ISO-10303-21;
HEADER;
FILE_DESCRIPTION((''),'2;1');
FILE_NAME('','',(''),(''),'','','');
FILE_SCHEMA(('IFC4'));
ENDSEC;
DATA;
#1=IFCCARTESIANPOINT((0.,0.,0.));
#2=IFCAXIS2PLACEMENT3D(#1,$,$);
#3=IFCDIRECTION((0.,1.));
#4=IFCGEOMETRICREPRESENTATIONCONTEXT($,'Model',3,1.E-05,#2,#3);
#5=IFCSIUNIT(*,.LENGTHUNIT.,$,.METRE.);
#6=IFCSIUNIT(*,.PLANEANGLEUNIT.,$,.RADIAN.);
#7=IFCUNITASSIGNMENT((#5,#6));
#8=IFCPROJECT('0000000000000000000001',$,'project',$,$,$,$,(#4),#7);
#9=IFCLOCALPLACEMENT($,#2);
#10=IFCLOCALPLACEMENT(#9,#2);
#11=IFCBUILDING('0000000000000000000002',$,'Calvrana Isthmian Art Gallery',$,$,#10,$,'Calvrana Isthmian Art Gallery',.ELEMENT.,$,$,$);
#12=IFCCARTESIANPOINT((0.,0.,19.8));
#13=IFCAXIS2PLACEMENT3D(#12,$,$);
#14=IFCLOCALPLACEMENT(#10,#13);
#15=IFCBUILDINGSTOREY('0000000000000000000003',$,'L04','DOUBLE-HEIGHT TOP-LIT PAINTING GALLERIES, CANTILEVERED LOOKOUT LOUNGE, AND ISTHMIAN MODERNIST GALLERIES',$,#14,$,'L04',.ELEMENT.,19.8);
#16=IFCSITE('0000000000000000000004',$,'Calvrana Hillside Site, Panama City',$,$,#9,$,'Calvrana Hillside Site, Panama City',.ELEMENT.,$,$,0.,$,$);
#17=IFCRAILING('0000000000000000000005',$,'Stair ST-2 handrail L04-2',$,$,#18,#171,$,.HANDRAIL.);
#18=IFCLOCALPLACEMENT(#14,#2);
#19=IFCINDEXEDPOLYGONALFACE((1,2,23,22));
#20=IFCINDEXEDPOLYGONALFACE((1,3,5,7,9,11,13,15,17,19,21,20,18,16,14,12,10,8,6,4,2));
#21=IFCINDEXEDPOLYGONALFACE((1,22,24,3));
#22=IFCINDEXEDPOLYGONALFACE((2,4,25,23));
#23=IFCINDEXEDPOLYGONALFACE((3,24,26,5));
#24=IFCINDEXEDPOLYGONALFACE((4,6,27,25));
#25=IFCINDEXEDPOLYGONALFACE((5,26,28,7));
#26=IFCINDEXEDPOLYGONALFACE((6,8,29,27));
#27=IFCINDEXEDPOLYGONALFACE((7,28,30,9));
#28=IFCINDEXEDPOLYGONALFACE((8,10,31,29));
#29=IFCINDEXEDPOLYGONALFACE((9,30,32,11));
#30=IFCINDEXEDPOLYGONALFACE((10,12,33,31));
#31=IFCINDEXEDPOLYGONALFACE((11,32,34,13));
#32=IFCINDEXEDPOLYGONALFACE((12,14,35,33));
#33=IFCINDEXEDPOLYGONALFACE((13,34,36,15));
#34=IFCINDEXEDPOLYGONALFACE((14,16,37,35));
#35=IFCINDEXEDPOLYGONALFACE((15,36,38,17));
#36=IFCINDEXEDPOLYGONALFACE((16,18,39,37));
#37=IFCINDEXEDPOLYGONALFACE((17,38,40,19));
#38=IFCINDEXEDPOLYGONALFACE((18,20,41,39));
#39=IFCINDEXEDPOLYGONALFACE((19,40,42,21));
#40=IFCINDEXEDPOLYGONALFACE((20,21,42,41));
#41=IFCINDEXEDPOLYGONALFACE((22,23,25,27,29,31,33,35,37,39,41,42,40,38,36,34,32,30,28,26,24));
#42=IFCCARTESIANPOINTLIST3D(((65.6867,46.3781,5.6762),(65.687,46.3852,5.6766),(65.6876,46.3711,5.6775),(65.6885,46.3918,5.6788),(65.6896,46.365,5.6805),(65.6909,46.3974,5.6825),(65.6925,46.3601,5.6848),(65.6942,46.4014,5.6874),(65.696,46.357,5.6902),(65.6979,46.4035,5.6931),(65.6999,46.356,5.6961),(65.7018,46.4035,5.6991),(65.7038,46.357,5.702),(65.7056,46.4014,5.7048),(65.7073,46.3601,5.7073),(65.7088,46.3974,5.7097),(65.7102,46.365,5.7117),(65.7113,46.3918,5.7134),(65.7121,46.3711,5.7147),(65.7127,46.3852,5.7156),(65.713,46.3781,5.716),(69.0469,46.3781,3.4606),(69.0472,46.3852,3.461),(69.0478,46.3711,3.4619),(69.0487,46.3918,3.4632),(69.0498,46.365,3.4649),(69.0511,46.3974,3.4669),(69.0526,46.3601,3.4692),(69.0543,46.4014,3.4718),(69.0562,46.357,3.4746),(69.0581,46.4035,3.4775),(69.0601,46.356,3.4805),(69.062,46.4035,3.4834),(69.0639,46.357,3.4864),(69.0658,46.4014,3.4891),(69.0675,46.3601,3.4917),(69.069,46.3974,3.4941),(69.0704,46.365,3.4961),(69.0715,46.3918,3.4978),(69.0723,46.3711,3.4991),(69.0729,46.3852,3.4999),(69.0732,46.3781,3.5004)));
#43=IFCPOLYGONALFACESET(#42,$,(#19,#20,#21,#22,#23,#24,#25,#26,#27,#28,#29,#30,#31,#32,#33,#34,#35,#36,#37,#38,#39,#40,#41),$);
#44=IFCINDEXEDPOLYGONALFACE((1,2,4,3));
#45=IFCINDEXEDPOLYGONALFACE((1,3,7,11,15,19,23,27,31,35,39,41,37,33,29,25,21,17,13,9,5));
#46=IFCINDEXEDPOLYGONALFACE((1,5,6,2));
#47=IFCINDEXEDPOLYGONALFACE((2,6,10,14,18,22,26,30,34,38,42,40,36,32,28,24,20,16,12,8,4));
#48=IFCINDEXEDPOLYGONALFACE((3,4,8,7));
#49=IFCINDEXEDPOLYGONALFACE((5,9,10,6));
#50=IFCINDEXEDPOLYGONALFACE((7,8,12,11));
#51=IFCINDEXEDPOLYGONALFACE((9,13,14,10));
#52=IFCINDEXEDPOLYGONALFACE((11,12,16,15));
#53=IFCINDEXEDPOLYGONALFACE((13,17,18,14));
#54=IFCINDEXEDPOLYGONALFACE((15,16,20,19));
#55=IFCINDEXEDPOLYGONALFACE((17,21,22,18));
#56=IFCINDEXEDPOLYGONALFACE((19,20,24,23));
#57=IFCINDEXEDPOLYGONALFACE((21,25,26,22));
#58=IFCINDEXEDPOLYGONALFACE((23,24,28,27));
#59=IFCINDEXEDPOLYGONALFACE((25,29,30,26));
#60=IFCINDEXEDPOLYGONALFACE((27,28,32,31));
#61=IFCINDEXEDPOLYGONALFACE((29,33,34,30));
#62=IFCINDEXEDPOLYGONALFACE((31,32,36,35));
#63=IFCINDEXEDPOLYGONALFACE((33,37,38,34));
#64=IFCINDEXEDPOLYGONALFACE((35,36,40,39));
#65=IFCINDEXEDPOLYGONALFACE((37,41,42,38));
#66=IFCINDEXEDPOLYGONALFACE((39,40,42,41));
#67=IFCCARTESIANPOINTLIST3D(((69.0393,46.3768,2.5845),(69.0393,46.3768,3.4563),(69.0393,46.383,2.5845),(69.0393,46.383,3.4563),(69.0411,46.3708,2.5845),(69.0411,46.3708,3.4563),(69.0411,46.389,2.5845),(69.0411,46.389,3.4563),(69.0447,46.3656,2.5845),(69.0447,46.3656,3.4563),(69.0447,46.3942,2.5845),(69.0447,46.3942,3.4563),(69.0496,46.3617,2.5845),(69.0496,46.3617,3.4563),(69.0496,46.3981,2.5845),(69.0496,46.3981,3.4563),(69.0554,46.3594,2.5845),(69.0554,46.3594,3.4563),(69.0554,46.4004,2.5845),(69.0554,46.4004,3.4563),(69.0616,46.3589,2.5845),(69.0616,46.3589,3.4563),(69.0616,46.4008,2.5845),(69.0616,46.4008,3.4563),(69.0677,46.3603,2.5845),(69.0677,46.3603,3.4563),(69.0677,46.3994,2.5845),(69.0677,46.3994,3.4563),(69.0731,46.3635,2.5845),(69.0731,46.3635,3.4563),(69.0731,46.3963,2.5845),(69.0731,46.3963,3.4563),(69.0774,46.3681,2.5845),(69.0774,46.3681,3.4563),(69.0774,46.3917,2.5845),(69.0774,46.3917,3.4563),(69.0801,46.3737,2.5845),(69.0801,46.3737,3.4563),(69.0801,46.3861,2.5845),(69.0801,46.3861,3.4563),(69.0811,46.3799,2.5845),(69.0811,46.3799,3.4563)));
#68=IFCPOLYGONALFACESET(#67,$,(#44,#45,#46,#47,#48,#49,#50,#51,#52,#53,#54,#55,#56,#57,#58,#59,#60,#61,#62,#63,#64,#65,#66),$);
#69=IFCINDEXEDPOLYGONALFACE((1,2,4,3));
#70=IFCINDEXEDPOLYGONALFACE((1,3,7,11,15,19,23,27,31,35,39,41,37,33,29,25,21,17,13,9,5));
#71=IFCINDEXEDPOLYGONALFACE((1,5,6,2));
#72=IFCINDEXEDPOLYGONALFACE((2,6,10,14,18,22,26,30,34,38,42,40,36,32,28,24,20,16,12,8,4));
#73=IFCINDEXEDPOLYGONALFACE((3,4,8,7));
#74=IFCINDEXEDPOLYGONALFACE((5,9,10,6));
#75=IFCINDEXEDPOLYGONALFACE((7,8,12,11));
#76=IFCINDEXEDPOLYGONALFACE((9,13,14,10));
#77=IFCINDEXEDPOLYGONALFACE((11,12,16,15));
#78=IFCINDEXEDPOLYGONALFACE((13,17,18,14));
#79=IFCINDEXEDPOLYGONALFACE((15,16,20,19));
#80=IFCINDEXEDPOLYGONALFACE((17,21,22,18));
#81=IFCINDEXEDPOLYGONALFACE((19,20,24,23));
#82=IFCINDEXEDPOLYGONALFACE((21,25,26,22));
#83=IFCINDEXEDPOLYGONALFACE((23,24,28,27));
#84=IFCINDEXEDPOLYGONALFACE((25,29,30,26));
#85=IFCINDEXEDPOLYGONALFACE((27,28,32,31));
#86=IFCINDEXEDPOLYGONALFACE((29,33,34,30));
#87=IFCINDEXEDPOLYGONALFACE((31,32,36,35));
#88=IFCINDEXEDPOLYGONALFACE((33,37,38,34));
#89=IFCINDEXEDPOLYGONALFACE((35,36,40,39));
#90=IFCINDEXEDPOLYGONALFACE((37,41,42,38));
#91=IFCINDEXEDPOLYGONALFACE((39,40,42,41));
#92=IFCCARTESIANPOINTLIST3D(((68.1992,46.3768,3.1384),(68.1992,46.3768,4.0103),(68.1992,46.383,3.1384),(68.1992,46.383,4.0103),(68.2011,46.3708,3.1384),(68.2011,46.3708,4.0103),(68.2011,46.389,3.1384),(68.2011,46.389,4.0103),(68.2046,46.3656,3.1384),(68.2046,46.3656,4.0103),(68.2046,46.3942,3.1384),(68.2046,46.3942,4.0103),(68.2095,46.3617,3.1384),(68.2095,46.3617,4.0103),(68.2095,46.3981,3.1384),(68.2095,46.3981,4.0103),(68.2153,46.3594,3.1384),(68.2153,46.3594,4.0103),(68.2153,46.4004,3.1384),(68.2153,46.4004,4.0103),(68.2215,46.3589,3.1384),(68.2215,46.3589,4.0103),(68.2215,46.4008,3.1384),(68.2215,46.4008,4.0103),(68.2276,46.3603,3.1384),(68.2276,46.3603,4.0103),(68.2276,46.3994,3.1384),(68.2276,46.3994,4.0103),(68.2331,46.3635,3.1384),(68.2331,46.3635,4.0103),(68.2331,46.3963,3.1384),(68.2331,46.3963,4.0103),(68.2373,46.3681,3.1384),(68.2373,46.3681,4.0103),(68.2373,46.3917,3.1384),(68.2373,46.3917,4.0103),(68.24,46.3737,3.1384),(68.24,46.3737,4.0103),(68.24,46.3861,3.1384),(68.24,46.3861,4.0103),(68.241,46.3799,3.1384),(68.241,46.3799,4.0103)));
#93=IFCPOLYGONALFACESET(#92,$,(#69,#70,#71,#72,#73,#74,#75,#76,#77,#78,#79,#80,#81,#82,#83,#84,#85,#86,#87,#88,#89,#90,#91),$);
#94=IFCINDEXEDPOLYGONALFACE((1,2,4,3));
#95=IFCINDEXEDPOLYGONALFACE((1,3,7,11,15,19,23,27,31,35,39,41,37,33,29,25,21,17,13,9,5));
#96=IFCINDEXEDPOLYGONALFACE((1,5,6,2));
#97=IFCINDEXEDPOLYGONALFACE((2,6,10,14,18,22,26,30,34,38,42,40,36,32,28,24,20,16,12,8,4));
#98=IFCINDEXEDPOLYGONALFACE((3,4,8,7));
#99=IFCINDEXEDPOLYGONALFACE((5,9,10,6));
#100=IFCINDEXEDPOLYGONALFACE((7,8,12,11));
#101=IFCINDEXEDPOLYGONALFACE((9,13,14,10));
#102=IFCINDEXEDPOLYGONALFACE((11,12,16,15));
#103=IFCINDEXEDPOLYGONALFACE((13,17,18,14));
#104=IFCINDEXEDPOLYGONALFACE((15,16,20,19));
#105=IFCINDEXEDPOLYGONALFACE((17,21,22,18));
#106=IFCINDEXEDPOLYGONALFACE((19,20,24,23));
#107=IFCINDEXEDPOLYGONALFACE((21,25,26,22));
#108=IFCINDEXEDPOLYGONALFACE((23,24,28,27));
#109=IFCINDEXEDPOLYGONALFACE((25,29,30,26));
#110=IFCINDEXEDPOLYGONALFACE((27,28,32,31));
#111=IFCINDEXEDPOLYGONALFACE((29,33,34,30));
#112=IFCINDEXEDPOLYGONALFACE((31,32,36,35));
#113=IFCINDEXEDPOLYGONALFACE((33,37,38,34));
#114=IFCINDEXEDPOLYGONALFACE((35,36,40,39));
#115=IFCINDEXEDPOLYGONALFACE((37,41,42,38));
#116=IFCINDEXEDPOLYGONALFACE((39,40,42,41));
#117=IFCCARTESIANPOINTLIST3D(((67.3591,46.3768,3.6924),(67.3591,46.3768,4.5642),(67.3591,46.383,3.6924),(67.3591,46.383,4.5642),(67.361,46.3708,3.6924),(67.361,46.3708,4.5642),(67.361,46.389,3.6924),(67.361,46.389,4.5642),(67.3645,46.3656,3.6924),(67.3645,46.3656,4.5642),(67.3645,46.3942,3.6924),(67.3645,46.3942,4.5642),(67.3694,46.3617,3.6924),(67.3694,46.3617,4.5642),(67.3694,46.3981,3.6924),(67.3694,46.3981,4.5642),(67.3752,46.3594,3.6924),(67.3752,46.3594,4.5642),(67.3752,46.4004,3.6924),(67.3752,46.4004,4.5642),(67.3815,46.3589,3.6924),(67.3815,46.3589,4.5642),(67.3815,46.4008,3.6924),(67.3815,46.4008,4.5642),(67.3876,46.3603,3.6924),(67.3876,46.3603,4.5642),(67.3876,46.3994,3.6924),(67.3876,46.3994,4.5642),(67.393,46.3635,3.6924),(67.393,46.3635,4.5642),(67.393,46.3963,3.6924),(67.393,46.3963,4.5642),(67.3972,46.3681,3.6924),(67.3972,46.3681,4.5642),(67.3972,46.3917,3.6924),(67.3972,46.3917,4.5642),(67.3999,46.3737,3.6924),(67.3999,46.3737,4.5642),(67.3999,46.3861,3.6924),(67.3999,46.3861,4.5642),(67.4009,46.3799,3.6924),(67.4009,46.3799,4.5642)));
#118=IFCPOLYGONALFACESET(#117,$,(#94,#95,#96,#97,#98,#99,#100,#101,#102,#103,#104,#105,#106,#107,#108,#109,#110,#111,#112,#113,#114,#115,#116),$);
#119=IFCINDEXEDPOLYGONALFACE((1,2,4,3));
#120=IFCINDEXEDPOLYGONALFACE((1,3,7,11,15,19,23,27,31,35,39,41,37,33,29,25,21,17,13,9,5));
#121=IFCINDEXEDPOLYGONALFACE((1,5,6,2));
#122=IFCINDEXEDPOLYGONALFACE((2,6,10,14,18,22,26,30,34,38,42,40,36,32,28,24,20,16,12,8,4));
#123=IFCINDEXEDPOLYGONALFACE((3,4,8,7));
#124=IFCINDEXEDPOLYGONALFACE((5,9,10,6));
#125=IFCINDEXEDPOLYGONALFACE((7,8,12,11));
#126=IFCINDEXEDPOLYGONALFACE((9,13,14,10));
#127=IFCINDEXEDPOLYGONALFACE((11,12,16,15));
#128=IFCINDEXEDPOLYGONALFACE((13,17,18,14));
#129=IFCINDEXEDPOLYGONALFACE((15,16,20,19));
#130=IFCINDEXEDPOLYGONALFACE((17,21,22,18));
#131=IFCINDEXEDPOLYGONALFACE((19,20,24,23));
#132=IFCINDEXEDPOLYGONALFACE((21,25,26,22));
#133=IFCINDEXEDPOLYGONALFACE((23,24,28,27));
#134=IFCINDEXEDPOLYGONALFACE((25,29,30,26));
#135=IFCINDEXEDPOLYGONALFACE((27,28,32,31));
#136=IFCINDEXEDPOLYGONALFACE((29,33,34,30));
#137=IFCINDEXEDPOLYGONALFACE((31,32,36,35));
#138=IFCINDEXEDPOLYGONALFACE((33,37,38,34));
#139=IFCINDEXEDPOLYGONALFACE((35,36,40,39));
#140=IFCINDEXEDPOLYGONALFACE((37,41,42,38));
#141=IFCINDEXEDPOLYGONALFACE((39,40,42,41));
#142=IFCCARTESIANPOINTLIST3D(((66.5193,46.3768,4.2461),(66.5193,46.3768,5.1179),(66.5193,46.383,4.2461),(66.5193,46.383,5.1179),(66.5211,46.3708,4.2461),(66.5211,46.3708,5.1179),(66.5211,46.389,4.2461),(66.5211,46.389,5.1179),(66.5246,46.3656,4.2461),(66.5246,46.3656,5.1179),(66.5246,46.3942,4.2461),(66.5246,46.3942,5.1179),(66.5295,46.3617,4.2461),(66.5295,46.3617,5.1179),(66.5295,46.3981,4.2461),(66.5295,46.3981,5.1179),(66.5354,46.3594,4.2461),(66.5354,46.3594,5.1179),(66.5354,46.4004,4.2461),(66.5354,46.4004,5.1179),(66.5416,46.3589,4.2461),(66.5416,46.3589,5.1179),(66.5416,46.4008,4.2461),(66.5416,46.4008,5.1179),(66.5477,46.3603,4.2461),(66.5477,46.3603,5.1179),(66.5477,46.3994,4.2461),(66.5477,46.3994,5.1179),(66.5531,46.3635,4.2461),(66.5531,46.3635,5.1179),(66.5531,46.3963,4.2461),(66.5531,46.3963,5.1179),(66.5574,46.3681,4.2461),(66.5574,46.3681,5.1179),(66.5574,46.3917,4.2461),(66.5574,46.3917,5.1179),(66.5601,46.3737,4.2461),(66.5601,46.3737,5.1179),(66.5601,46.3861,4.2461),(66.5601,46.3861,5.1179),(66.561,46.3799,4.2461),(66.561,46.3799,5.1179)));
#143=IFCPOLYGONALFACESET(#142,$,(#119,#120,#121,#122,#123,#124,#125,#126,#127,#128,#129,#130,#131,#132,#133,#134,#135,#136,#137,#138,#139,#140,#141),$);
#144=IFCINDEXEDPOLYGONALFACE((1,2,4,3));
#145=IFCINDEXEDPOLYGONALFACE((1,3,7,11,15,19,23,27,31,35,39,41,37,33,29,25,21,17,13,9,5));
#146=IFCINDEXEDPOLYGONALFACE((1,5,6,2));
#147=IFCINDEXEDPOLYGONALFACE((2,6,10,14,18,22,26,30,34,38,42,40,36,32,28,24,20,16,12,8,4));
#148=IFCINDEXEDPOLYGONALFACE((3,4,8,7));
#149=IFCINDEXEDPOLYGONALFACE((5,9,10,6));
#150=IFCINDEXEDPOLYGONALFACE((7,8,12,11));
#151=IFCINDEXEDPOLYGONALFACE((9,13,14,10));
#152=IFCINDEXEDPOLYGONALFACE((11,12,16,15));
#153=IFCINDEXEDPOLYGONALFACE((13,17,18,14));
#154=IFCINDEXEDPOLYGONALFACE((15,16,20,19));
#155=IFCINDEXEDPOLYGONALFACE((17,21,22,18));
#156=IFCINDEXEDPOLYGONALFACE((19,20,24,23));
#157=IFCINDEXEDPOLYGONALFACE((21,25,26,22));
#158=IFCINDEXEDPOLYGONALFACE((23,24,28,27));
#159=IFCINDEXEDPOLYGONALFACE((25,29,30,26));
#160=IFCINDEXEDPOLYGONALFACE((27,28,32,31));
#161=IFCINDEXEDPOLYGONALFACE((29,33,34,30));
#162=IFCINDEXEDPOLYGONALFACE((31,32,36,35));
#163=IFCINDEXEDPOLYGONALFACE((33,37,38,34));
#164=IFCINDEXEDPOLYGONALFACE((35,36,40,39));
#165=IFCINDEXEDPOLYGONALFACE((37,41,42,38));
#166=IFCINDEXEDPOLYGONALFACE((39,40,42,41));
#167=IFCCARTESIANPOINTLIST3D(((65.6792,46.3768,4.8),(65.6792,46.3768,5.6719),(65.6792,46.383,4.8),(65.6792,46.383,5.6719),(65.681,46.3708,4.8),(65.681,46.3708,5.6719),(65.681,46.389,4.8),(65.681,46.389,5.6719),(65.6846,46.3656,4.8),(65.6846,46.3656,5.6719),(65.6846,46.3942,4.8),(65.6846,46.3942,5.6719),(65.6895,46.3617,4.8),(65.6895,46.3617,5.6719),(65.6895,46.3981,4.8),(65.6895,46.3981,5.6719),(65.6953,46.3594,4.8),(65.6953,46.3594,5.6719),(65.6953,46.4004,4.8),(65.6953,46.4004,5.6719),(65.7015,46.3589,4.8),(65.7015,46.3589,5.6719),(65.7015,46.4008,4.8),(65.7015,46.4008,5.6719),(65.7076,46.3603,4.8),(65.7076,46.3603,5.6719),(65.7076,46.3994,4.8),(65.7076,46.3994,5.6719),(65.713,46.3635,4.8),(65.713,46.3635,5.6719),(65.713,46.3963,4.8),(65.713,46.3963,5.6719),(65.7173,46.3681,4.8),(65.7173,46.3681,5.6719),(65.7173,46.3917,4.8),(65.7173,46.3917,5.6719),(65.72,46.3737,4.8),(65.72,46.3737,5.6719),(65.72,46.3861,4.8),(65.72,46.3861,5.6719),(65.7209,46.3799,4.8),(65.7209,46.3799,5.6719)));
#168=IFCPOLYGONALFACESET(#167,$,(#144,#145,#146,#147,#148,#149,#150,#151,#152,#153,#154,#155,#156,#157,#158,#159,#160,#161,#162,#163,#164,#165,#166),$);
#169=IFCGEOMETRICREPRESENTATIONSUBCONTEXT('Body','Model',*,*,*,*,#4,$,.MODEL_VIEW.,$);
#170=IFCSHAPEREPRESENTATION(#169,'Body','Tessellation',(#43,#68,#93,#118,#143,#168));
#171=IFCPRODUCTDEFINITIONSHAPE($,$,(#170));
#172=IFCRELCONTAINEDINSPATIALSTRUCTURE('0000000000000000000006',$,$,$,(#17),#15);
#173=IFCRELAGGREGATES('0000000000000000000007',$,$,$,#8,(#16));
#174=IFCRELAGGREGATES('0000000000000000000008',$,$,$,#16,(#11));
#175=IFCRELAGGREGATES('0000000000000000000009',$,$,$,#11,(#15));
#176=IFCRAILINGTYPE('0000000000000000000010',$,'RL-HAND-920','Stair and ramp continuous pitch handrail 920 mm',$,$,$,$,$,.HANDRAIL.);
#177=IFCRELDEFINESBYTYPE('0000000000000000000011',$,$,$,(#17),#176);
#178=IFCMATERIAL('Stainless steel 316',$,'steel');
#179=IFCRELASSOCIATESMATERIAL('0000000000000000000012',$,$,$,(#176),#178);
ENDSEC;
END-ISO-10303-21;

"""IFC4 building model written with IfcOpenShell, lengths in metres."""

from ifc_helpers import new_model, si_unit, direction, frame, origin, origin_2d, place, context, subcontext, project, spatial, circle, extrude, material, type_object, element, save


model = new_model("IFC4")

# Units and contexts
model_context = context("Model", 3, precision=1e-05, world=origin(), true_north=direction((0.0, 1.0)))
body_context = subcontext(model_context, "Body", "Model", "MODEL_VIEW")
ifc_project = project(units=[si_unit("LENGTHUNIT", "METRE"), si_unit("PLANEANGLEUNIT", "RADIAN")], contexts=[model_context])

# Site, building, storey
site_placement = place(None, origin())
site = spatial("IfcSite", under=ifc_project, at=site_placement, Name="Calvrana Hillside Site, Panama City", LongName="Calvrana Hillside Site, Panama City", CompositionType="ELEMENT", RefElevation=0.0)
building_placement = place(site_placement, origin())
building = spatial("IfcBuilding", under=site, at=building_placement, Name="Calvrana Isthmian Art Gallery", LongName="Calvrana Isthmian Art Gallery", CompositionType="ELEMENT")
storey_placement = place(building_placement, frame((0.0, 0.0, 19.8)))
storey = spatial("IfcBuildingStorey", under=building, at=storey_placement, Name="L04", Description="DOUBLE-HEIGHT TOP-LIT PAINTING GALLERIES, CANTILEVERED LOOKOUT LOUNGE, AND ISTHMIAN MODERNIST GALLERIES", LongName="L04", CompositionType="ELEMENT", Elevation=19.8)

# Railing
ifc_material_1 = material(Name="Stainless steel 316", Category="steel")
railing_type = type_object("IfcRailingType", Name="RL-HAND-920", Description="Stair and ramp continuous pitch handrail 920 mm", PredefinedType="HANDRAIL", material=ifc_material_1)
railing_placement = place(storey_placement, frame((69.0601, 46.3799, 2.5845)))
element("IfcRailing", 1, at=railing_placement, inside=storey, type_object=railing_type, Name="Stair ST-2 handrail L04-2", PredefinedType="HANDRAIL", context=body_context, shape_type="SweptSolid", body=[
    extrude(circle(Radius=0.0239, at=origin_2d()), frame((0.0, 0.0, 0.896), z_axis=(-0.834849, 0.0, 0.55048), x_axis=(0.0, -1.0, 0.0)), (0.0, 0.0, 1.0), 4.0249),
    extrude(circle(Radius=0.021, at=origin_2d()), origin(), (0.0, 0.0, 1.0), 0.8718),
    extrude(circle(Radius=0.021, at=origin_2d()), frame((-0.8401, 0.0, 0.554)), (0.0, 0.0, 1.0), 0.8718),
    extrude(circle(Radius=0.021, at=origin_2d()), frame((-1.6802, 0.0, 1.1079)), (0.0, 0.0, 1.0), 0.8718),
    extrude(circle(Radius=0.021, at=origin_2d()), frame((-2.52, 0.0, 1.6616)), (0.0, 0.0, 1.0), 0.8718),
    extrude(circle(Radius=0.021, at=origin_2d()), frame((-3.3601, 0.0, 2.2156)), (0.0, 0.0, 1.0), 0.8718),
])

save(model, "model.ifc")
